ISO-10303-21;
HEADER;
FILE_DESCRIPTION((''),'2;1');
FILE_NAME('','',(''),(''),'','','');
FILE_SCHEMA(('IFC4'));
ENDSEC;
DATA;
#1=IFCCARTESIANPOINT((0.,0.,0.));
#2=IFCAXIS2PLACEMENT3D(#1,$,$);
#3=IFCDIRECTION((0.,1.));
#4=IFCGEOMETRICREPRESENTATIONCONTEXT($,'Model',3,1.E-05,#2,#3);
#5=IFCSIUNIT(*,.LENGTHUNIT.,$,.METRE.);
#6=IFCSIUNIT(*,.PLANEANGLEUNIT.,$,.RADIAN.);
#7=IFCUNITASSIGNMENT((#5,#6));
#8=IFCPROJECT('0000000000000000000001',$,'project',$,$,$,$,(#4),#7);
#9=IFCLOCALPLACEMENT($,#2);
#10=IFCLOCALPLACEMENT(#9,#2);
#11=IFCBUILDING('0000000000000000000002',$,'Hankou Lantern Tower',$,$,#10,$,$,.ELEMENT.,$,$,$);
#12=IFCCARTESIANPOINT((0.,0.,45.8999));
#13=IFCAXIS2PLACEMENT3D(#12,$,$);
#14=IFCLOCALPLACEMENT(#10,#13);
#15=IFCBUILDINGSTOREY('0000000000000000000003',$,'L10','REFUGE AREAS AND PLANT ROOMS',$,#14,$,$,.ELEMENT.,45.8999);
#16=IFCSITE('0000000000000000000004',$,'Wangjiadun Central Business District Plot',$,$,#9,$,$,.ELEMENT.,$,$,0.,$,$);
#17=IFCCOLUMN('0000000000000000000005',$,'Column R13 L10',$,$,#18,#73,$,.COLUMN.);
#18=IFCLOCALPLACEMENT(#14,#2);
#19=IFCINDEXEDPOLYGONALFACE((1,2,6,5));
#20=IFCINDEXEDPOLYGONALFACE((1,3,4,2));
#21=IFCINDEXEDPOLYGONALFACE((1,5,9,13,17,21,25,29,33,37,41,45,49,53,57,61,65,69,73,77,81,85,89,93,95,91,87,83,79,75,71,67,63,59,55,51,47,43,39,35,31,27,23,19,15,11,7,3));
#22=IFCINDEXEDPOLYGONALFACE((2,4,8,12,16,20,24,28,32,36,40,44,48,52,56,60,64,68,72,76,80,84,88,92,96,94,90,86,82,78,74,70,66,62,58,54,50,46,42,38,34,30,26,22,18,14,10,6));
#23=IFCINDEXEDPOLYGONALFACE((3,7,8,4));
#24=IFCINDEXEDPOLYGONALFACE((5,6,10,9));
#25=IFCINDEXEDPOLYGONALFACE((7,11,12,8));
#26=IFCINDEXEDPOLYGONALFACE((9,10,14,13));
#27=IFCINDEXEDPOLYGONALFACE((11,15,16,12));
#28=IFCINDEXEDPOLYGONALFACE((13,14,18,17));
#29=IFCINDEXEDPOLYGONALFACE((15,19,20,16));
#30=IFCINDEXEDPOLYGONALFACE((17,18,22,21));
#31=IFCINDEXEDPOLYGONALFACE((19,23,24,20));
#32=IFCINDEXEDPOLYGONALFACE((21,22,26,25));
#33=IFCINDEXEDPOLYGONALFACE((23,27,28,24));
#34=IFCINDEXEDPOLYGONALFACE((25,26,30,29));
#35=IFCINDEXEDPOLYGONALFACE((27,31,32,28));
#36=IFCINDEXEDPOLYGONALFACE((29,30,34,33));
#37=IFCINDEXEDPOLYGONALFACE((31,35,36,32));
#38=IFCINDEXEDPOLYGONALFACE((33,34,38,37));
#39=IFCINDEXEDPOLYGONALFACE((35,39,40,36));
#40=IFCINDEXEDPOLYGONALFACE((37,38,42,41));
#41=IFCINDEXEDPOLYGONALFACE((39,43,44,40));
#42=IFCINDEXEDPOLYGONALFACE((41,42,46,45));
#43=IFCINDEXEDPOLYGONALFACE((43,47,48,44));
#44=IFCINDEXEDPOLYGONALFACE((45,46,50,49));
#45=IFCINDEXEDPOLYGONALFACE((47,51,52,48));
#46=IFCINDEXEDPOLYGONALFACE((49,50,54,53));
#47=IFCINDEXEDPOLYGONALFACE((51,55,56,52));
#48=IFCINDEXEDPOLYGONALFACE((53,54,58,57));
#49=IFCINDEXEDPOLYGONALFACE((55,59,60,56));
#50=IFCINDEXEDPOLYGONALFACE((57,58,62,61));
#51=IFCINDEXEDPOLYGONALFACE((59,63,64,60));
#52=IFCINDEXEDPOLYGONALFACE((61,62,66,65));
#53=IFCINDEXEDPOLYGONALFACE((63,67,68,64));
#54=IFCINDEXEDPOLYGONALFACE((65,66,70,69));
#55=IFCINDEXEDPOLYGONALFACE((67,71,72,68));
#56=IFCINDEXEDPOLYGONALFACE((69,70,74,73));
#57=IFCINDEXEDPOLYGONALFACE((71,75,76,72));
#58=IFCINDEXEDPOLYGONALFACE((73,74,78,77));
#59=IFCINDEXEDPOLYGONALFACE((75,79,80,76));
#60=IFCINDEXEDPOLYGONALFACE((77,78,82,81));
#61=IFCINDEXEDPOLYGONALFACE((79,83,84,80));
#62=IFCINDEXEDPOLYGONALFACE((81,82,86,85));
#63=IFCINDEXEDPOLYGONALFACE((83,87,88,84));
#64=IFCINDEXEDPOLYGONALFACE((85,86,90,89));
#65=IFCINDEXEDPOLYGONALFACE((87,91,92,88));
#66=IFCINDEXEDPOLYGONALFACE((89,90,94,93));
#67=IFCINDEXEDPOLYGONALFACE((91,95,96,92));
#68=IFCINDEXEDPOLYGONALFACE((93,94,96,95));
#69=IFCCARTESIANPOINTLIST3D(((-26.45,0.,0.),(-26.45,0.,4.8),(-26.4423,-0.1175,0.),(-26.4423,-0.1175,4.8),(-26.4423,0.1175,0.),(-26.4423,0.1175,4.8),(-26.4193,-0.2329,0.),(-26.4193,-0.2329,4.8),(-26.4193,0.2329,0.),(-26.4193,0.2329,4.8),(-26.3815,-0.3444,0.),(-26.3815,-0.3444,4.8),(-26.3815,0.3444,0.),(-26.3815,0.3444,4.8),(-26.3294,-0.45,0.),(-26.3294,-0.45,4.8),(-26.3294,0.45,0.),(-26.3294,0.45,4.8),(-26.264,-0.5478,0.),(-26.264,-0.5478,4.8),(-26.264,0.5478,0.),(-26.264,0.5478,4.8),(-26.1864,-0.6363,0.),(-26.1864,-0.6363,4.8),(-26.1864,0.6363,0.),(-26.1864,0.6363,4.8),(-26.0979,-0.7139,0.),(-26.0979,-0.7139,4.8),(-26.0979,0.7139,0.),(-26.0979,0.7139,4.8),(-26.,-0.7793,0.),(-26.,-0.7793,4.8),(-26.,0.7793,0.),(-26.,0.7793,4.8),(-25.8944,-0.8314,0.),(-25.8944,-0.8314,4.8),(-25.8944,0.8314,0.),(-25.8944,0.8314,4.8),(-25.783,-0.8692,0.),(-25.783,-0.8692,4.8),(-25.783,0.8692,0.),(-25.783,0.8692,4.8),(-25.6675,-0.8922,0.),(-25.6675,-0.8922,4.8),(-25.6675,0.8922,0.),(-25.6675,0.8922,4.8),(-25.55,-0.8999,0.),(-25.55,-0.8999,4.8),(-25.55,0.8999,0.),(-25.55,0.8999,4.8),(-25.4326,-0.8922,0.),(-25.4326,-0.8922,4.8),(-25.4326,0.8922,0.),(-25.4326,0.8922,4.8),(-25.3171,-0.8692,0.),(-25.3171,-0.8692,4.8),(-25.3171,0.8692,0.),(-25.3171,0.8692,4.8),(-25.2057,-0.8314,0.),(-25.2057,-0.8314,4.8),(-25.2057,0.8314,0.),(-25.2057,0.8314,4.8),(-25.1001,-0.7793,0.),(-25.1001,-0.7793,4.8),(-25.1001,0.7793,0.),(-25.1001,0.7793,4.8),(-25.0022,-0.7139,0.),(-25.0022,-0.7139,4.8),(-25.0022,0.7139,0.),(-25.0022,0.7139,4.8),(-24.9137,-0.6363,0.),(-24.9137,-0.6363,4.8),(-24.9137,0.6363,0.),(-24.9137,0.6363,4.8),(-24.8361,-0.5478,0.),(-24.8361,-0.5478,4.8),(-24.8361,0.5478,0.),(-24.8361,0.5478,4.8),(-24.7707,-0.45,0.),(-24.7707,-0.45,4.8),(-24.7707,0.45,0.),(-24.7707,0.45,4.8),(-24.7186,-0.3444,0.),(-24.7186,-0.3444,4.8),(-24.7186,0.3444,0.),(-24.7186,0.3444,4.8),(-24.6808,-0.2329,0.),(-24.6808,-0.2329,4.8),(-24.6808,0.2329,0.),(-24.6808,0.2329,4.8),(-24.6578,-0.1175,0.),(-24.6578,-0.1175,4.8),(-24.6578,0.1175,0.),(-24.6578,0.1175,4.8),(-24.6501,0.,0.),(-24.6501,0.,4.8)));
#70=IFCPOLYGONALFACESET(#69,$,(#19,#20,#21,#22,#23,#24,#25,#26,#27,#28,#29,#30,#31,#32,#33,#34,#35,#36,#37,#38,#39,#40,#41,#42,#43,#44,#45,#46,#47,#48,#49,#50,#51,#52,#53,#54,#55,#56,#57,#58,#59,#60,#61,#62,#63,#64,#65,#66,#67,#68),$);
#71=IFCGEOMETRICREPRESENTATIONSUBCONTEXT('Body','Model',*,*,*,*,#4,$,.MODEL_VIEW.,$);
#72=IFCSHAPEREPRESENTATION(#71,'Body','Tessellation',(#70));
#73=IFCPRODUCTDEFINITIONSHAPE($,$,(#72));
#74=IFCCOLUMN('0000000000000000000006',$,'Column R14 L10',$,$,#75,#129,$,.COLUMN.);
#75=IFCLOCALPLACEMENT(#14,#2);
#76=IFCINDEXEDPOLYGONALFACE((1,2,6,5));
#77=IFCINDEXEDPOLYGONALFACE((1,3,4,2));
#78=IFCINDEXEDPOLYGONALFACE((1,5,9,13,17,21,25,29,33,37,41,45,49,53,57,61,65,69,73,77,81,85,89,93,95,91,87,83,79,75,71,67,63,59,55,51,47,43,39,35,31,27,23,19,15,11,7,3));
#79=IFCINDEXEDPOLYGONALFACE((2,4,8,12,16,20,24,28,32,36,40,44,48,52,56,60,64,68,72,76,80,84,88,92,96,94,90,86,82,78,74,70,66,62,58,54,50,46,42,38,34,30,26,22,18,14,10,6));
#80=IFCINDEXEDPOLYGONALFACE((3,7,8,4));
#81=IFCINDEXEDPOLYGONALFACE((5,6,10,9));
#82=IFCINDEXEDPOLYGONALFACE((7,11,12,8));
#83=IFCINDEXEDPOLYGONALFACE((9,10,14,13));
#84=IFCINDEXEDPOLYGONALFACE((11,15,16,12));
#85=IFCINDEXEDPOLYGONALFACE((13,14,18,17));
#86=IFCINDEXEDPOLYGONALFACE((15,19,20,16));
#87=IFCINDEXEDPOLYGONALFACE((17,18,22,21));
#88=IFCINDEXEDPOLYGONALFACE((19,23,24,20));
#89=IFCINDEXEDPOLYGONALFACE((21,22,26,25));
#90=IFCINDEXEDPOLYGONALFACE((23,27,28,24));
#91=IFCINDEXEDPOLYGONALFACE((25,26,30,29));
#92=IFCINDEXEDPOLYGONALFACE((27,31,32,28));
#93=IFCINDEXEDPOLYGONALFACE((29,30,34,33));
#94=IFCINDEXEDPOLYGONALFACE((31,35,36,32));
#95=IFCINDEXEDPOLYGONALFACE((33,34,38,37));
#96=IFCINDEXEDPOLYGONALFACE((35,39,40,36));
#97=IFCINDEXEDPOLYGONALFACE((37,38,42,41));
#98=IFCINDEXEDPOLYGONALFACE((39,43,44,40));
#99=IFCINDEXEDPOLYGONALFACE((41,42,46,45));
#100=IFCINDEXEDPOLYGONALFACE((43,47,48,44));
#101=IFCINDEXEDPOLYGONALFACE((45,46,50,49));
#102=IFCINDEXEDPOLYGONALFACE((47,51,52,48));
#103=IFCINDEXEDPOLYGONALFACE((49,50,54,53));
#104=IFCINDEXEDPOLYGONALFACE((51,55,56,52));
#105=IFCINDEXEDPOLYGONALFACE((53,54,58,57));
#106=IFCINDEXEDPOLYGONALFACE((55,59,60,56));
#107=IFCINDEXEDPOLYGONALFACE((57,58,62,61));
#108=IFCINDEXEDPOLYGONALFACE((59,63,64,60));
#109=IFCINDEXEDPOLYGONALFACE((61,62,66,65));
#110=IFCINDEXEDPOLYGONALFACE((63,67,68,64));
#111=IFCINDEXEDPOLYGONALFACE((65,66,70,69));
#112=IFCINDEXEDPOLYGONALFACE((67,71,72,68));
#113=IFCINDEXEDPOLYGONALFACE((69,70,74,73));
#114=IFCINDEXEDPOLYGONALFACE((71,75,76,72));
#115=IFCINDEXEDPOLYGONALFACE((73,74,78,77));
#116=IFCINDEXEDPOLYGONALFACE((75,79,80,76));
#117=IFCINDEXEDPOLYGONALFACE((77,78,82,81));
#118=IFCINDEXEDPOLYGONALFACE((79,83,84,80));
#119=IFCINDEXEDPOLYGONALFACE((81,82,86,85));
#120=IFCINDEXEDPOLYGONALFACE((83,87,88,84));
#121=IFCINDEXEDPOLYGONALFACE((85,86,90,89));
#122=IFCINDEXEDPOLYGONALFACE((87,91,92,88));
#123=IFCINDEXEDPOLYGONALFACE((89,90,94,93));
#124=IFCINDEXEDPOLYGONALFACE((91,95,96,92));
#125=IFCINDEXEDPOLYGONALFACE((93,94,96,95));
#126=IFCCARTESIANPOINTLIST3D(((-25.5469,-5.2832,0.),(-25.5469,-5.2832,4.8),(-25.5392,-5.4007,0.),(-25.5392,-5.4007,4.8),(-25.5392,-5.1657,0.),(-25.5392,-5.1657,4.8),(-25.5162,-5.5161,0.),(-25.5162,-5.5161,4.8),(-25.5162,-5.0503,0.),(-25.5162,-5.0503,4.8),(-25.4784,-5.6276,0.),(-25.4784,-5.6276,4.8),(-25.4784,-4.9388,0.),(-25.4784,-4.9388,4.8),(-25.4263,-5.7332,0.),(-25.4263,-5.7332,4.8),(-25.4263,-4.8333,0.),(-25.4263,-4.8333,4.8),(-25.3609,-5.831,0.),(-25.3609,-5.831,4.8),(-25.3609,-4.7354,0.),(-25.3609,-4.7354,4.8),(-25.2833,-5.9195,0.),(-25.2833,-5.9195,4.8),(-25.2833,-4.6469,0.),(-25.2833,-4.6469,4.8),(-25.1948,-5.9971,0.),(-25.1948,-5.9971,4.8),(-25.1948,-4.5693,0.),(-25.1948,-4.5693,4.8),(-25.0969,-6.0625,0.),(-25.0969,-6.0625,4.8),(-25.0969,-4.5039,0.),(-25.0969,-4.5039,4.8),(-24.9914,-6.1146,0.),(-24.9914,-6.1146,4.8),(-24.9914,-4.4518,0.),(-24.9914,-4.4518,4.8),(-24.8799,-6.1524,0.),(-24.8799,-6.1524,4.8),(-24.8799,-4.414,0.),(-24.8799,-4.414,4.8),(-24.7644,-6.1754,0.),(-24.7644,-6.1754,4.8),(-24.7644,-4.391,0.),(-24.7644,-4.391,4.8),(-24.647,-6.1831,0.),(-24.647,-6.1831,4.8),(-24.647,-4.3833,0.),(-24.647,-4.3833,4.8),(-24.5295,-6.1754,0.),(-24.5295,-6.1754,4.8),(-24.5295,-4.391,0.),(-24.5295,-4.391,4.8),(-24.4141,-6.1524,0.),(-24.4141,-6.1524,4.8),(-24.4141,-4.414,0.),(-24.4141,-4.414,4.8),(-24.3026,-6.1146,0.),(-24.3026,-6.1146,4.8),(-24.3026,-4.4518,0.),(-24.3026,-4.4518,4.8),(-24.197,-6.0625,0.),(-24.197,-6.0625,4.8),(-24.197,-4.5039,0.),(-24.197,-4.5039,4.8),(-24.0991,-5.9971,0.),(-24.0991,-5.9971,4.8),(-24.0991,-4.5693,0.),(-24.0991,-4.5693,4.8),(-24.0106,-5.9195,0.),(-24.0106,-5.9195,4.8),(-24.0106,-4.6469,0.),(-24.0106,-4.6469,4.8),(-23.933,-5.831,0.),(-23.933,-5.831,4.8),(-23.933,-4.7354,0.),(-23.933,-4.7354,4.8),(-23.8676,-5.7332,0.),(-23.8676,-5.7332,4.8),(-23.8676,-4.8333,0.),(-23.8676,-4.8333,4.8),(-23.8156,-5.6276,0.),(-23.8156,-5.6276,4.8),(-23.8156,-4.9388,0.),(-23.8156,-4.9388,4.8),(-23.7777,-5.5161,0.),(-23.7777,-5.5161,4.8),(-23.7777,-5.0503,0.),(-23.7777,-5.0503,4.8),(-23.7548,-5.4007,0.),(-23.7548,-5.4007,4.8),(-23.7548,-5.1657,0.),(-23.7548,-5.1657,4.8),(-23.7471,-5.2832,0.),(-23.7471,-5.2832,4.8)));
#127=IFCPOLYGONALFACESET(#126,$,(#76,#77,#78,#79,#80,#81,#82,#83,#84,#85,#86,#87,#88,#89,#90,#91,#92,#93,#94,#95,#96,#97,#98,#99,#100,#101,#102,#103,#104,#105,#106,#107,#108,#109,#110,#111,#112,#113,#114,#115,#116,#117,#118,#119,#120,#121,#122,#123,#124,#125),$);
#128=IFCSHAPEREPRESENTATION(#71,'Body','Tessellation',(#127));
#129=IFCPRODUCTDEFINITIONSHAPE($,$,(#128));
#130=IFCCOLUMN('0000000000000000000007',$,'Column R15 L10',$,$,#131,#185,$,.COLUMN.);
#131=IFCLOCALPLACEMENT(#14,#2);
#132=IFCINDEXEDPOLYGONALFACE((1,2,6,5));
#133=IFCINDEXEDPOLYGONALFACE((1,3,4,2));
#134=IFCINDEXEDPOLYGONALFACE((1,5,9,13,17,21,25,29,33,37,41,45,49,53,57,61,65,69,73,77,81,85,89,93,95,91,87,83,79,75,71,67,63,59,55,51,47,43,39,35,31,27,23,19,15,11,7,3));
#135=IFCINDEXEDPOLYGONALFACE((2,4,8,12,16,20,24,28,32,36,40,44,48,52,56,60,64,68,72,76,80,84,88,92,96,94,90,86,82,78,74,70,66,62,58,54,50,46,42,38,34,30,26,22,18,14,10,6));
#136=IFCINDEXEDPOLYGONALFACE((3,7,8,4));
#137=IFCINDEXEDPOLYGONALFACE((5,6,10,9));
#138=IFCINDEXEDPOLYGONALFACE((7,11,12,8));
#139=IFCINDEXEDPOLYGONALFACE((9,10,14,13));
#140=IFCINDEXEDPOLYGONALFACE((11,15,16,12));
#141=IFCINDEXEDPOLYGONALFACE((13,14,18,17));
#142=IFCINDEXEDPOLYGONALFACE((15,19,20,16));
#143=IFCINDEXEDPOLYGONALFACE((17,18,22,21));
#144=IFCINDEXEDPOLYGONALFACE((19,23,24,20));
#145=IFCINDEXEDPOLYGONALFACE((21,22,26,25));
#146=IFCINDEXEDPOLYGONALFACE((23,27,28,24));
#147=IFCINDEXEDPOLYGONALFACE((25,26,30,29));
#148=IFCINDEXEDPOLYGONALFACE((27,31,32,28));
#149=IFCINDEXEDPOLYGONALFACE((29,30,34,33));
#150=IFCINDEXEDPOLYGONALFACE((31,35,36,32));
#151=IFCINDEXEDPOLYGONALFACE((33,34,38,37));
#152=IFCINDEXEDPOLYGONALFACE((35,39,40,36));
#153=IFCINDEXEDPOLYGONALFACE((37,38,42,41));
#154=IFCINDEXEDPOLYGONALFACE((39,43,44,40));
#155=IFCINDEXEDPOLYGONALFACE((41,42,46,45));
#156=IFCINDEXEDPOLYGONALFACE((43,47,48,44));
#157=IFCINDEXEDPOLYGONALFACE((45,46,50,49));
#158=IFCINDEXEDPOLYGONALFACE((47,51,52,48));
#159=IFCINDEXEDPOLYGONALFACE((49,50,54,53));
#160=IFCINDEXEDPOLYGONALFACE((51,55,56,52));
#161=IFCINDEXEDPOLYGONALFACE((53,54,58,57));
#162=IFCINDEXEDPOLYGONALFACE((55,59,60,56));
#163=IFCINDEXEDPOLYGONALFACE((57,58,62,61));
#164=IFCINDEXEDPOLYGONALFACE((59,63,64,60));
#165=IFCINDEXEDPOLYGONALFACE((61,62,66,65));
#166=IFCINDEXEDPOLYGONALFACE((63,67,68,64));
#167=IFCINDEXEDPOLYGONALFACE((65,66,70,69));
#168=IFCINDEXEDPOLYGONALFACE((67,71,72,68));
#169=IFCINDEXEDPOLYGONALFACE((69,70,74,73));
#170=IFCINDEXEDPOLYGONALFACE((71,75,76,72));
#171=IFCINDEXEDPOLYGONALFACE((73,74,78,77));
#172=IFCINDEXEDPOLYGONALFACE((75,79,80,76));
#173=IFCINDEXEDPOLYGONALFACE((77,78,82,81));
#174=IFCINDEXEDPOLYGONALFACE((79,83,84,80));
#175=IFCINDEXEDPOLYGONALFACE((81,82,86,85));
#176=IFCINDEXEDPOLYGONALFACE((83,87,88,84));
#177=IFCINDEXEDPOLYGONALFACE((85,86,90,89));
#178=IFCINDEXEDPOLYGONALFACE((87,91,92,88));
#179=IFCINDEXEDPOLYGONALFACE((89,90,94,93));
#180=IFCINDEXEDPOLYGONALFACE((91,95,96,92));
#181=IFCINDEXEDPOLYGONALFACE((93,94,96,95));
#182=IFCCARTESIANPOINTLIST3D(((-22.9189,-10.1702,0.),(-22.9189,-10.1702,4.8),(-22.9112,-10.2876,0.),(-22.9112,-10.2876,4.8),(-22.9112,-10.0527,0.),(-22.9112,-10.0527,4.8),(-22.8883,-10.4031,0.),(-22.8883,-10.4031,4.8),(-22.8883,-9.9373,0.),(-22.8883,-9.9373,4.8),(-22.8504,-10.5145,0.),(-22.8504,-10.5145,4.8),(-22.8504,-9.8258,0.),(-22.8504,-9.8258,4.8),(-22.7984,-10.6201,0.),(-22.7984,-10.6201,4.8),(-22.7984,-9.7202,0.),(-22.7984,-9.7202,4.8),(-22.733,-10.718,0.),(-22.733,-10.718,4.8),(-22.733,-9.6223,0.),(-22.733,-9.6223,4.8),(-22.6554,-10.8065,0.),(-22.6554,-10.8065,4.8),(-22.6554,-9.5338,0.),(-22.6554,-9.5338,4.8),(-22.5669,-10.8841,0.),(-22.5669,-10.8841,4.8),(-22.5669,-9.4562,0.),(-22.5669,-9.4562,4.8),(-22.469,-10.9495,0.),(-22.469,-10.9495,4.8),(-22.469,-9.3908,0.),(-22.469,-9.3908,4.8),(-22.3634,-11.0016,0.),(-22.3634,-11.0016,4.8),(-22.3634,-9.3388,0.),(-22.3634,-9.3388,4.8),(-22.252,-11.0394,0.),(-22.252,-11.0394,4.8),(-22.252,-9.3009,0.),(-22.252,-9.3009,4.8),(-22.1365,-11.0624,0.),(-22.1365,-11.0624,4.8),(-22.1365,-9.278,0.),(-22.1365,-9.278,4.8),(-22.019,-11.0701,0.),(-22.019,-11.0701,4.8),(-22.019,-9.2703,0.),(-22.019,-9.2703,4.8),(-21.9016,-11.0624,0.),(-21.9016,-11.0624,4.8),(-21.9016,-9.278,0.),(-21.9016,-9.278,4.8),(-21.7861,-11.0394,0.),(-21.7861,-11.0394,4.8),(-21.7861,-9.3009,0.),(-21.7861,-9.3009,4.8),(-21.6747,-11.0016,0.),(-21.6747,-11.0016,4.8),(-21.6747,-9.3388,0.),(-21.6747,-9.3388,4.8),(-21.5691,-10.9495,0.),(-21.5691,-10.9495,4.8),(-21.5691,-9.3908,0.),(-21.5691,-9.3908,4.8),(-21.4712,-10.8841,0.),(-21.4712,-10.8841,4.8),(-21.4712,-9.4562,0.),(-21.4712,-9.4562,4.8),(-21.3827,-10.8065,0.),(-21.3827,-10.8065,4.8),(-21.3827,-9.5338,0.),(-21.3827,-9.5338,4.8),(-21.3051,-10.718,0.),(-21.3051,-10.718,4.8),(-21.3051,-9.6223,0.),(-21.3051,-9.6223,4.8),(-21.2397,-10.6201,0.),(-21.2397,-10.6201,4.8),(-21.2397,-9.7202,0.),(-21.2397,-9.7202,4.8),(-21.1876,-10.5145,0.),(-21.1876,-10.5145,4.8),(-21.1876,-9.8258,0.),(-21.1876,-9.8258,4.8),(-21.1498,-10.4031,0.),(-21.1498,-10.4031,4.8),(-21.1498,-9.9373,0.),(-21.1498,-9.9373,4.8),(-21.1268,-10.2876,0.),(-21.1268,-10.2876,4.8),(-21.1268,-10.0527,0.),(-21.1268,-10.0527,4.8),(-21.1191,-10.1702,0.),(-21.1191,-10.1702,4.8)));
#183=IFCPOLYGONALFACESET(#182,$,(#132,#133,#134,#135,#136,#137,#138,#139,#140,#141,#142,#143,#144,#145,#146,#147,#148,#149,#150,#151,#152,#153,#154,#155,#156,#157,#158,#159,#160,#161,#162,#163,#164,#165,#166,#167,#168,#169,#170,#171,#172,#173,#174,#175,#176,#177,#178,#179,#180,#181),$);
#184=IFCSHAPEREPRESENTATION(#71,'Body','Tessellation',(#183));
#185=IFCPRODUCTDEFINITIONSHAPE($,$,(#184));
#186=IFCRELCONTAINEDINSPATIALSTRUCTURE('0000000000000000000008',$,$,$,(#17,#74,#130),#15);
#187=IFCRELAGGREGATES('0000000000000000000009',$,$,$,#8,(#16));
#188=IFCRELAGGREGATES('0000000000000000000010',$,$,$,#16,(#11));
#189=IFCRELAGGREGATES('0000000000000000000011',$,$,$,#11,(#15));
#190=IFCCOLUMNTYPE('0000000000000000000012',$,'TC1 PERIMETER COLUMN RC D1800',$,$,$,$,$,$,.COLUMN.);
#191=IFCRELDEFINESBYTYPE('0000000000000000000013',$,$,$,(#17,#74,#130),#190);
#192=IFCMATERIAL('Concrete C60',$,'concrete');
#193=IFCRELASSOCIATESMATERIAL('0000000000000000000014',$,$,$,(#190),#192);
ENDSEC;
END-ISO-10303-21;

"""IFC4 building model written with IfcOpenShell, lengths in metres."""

from ifc_helpers import new_model, si_unit, direction, frame, origin, origin_2d, place, context, subcontext, project, spatial, circle, extrude, material, material_profile, profile_set, type_object, element, save


model = new_model("IFC4")

# Units and contexts
model_context = context("Model", 3, precision=1e-05, world=origin(), true_north=direction((0.0, 1.0)))
body_context = subcontext(model_context, "Body", "Model", "MODEL_VIEW")
ifc_project = project(units=[si_unit("LENGTHUNIT", "METRE"), si_unit("PLANEANGLEUNIT", "RADIAN")], contexts=[model_context])

# Site, building, storey
site_placement = place(None, origin())
site = spatial("IfcSite", under=ifc_project, at=site_placement, Name="Wangjiadun Central Business District Plot", CompositionType="ELEMENT", RefElevation=0.0)
building_placement = place(site_placement, origin())
building = spatial("IfcBuilding", under=site, at=building_placement, Name="Hankou Lantern Tower", CompositionType="ELEMENT")
storey_placement = place(building_placement, frame((0.0, 0.0, 45.8999)))
storey = spatial("IfcBuildingStorey", under=building, at=storey_placement, Name="L10", Description="REFUGE AREAS AND PLANT ROOMS", CompositionType="ELEMENT", Elevation=45.8999)

# Columns
ifc_material_1 = material(Name="Concrete C60", Category="concrete")
ifc_material_profile_1 = material_profile(ifc_material_1, circle(Radius=0.8999, at=origin_2d()), Name="RC D1800")
ifc_profile_set_1 = profile_set([ifc_material_profile_1], Name="Concrete C60")
column_type = type_object("IfcColumnType", Name="TC1 PERIMETER COLUMN RC D1800", PredefinedType="COLUMN", material=ifc_profile_set_1)
for number, where, z_axis, x_axis, name in (
    (1, (-25.55, 0.0, 0.0), (0.0, 0.0, 1.0), (1.0, 0.0, 0.0), "Column R13 L10"),
    (2, (-24.647, -5.2832, 0.0), (0.0, 0.0, 1.0), (1.0, 0.0, 0.0), "Column R14 L10"),
    (3, (-22.019, -10.1702, 0.0), (0.0, 0.0, 1.0), (1.0, 0.0, 0.0), "Column R15 L10"),
):
    element("IfcColumn", number, at=place(storey_placement, frame(where, z_axis=z_axis, x_axis=x_axis)), inside=storey, type_object=column_type, Name=name, PredefinedType="COLUMN", context=body_context, shape_type="SweptSolid", body=[
        extrude(circle(Radius=0.8999, at=origin_2d()), origin(), (0.0, 0.0, 1.0), 4.8),
    ])

save(model, "model.ifc")
